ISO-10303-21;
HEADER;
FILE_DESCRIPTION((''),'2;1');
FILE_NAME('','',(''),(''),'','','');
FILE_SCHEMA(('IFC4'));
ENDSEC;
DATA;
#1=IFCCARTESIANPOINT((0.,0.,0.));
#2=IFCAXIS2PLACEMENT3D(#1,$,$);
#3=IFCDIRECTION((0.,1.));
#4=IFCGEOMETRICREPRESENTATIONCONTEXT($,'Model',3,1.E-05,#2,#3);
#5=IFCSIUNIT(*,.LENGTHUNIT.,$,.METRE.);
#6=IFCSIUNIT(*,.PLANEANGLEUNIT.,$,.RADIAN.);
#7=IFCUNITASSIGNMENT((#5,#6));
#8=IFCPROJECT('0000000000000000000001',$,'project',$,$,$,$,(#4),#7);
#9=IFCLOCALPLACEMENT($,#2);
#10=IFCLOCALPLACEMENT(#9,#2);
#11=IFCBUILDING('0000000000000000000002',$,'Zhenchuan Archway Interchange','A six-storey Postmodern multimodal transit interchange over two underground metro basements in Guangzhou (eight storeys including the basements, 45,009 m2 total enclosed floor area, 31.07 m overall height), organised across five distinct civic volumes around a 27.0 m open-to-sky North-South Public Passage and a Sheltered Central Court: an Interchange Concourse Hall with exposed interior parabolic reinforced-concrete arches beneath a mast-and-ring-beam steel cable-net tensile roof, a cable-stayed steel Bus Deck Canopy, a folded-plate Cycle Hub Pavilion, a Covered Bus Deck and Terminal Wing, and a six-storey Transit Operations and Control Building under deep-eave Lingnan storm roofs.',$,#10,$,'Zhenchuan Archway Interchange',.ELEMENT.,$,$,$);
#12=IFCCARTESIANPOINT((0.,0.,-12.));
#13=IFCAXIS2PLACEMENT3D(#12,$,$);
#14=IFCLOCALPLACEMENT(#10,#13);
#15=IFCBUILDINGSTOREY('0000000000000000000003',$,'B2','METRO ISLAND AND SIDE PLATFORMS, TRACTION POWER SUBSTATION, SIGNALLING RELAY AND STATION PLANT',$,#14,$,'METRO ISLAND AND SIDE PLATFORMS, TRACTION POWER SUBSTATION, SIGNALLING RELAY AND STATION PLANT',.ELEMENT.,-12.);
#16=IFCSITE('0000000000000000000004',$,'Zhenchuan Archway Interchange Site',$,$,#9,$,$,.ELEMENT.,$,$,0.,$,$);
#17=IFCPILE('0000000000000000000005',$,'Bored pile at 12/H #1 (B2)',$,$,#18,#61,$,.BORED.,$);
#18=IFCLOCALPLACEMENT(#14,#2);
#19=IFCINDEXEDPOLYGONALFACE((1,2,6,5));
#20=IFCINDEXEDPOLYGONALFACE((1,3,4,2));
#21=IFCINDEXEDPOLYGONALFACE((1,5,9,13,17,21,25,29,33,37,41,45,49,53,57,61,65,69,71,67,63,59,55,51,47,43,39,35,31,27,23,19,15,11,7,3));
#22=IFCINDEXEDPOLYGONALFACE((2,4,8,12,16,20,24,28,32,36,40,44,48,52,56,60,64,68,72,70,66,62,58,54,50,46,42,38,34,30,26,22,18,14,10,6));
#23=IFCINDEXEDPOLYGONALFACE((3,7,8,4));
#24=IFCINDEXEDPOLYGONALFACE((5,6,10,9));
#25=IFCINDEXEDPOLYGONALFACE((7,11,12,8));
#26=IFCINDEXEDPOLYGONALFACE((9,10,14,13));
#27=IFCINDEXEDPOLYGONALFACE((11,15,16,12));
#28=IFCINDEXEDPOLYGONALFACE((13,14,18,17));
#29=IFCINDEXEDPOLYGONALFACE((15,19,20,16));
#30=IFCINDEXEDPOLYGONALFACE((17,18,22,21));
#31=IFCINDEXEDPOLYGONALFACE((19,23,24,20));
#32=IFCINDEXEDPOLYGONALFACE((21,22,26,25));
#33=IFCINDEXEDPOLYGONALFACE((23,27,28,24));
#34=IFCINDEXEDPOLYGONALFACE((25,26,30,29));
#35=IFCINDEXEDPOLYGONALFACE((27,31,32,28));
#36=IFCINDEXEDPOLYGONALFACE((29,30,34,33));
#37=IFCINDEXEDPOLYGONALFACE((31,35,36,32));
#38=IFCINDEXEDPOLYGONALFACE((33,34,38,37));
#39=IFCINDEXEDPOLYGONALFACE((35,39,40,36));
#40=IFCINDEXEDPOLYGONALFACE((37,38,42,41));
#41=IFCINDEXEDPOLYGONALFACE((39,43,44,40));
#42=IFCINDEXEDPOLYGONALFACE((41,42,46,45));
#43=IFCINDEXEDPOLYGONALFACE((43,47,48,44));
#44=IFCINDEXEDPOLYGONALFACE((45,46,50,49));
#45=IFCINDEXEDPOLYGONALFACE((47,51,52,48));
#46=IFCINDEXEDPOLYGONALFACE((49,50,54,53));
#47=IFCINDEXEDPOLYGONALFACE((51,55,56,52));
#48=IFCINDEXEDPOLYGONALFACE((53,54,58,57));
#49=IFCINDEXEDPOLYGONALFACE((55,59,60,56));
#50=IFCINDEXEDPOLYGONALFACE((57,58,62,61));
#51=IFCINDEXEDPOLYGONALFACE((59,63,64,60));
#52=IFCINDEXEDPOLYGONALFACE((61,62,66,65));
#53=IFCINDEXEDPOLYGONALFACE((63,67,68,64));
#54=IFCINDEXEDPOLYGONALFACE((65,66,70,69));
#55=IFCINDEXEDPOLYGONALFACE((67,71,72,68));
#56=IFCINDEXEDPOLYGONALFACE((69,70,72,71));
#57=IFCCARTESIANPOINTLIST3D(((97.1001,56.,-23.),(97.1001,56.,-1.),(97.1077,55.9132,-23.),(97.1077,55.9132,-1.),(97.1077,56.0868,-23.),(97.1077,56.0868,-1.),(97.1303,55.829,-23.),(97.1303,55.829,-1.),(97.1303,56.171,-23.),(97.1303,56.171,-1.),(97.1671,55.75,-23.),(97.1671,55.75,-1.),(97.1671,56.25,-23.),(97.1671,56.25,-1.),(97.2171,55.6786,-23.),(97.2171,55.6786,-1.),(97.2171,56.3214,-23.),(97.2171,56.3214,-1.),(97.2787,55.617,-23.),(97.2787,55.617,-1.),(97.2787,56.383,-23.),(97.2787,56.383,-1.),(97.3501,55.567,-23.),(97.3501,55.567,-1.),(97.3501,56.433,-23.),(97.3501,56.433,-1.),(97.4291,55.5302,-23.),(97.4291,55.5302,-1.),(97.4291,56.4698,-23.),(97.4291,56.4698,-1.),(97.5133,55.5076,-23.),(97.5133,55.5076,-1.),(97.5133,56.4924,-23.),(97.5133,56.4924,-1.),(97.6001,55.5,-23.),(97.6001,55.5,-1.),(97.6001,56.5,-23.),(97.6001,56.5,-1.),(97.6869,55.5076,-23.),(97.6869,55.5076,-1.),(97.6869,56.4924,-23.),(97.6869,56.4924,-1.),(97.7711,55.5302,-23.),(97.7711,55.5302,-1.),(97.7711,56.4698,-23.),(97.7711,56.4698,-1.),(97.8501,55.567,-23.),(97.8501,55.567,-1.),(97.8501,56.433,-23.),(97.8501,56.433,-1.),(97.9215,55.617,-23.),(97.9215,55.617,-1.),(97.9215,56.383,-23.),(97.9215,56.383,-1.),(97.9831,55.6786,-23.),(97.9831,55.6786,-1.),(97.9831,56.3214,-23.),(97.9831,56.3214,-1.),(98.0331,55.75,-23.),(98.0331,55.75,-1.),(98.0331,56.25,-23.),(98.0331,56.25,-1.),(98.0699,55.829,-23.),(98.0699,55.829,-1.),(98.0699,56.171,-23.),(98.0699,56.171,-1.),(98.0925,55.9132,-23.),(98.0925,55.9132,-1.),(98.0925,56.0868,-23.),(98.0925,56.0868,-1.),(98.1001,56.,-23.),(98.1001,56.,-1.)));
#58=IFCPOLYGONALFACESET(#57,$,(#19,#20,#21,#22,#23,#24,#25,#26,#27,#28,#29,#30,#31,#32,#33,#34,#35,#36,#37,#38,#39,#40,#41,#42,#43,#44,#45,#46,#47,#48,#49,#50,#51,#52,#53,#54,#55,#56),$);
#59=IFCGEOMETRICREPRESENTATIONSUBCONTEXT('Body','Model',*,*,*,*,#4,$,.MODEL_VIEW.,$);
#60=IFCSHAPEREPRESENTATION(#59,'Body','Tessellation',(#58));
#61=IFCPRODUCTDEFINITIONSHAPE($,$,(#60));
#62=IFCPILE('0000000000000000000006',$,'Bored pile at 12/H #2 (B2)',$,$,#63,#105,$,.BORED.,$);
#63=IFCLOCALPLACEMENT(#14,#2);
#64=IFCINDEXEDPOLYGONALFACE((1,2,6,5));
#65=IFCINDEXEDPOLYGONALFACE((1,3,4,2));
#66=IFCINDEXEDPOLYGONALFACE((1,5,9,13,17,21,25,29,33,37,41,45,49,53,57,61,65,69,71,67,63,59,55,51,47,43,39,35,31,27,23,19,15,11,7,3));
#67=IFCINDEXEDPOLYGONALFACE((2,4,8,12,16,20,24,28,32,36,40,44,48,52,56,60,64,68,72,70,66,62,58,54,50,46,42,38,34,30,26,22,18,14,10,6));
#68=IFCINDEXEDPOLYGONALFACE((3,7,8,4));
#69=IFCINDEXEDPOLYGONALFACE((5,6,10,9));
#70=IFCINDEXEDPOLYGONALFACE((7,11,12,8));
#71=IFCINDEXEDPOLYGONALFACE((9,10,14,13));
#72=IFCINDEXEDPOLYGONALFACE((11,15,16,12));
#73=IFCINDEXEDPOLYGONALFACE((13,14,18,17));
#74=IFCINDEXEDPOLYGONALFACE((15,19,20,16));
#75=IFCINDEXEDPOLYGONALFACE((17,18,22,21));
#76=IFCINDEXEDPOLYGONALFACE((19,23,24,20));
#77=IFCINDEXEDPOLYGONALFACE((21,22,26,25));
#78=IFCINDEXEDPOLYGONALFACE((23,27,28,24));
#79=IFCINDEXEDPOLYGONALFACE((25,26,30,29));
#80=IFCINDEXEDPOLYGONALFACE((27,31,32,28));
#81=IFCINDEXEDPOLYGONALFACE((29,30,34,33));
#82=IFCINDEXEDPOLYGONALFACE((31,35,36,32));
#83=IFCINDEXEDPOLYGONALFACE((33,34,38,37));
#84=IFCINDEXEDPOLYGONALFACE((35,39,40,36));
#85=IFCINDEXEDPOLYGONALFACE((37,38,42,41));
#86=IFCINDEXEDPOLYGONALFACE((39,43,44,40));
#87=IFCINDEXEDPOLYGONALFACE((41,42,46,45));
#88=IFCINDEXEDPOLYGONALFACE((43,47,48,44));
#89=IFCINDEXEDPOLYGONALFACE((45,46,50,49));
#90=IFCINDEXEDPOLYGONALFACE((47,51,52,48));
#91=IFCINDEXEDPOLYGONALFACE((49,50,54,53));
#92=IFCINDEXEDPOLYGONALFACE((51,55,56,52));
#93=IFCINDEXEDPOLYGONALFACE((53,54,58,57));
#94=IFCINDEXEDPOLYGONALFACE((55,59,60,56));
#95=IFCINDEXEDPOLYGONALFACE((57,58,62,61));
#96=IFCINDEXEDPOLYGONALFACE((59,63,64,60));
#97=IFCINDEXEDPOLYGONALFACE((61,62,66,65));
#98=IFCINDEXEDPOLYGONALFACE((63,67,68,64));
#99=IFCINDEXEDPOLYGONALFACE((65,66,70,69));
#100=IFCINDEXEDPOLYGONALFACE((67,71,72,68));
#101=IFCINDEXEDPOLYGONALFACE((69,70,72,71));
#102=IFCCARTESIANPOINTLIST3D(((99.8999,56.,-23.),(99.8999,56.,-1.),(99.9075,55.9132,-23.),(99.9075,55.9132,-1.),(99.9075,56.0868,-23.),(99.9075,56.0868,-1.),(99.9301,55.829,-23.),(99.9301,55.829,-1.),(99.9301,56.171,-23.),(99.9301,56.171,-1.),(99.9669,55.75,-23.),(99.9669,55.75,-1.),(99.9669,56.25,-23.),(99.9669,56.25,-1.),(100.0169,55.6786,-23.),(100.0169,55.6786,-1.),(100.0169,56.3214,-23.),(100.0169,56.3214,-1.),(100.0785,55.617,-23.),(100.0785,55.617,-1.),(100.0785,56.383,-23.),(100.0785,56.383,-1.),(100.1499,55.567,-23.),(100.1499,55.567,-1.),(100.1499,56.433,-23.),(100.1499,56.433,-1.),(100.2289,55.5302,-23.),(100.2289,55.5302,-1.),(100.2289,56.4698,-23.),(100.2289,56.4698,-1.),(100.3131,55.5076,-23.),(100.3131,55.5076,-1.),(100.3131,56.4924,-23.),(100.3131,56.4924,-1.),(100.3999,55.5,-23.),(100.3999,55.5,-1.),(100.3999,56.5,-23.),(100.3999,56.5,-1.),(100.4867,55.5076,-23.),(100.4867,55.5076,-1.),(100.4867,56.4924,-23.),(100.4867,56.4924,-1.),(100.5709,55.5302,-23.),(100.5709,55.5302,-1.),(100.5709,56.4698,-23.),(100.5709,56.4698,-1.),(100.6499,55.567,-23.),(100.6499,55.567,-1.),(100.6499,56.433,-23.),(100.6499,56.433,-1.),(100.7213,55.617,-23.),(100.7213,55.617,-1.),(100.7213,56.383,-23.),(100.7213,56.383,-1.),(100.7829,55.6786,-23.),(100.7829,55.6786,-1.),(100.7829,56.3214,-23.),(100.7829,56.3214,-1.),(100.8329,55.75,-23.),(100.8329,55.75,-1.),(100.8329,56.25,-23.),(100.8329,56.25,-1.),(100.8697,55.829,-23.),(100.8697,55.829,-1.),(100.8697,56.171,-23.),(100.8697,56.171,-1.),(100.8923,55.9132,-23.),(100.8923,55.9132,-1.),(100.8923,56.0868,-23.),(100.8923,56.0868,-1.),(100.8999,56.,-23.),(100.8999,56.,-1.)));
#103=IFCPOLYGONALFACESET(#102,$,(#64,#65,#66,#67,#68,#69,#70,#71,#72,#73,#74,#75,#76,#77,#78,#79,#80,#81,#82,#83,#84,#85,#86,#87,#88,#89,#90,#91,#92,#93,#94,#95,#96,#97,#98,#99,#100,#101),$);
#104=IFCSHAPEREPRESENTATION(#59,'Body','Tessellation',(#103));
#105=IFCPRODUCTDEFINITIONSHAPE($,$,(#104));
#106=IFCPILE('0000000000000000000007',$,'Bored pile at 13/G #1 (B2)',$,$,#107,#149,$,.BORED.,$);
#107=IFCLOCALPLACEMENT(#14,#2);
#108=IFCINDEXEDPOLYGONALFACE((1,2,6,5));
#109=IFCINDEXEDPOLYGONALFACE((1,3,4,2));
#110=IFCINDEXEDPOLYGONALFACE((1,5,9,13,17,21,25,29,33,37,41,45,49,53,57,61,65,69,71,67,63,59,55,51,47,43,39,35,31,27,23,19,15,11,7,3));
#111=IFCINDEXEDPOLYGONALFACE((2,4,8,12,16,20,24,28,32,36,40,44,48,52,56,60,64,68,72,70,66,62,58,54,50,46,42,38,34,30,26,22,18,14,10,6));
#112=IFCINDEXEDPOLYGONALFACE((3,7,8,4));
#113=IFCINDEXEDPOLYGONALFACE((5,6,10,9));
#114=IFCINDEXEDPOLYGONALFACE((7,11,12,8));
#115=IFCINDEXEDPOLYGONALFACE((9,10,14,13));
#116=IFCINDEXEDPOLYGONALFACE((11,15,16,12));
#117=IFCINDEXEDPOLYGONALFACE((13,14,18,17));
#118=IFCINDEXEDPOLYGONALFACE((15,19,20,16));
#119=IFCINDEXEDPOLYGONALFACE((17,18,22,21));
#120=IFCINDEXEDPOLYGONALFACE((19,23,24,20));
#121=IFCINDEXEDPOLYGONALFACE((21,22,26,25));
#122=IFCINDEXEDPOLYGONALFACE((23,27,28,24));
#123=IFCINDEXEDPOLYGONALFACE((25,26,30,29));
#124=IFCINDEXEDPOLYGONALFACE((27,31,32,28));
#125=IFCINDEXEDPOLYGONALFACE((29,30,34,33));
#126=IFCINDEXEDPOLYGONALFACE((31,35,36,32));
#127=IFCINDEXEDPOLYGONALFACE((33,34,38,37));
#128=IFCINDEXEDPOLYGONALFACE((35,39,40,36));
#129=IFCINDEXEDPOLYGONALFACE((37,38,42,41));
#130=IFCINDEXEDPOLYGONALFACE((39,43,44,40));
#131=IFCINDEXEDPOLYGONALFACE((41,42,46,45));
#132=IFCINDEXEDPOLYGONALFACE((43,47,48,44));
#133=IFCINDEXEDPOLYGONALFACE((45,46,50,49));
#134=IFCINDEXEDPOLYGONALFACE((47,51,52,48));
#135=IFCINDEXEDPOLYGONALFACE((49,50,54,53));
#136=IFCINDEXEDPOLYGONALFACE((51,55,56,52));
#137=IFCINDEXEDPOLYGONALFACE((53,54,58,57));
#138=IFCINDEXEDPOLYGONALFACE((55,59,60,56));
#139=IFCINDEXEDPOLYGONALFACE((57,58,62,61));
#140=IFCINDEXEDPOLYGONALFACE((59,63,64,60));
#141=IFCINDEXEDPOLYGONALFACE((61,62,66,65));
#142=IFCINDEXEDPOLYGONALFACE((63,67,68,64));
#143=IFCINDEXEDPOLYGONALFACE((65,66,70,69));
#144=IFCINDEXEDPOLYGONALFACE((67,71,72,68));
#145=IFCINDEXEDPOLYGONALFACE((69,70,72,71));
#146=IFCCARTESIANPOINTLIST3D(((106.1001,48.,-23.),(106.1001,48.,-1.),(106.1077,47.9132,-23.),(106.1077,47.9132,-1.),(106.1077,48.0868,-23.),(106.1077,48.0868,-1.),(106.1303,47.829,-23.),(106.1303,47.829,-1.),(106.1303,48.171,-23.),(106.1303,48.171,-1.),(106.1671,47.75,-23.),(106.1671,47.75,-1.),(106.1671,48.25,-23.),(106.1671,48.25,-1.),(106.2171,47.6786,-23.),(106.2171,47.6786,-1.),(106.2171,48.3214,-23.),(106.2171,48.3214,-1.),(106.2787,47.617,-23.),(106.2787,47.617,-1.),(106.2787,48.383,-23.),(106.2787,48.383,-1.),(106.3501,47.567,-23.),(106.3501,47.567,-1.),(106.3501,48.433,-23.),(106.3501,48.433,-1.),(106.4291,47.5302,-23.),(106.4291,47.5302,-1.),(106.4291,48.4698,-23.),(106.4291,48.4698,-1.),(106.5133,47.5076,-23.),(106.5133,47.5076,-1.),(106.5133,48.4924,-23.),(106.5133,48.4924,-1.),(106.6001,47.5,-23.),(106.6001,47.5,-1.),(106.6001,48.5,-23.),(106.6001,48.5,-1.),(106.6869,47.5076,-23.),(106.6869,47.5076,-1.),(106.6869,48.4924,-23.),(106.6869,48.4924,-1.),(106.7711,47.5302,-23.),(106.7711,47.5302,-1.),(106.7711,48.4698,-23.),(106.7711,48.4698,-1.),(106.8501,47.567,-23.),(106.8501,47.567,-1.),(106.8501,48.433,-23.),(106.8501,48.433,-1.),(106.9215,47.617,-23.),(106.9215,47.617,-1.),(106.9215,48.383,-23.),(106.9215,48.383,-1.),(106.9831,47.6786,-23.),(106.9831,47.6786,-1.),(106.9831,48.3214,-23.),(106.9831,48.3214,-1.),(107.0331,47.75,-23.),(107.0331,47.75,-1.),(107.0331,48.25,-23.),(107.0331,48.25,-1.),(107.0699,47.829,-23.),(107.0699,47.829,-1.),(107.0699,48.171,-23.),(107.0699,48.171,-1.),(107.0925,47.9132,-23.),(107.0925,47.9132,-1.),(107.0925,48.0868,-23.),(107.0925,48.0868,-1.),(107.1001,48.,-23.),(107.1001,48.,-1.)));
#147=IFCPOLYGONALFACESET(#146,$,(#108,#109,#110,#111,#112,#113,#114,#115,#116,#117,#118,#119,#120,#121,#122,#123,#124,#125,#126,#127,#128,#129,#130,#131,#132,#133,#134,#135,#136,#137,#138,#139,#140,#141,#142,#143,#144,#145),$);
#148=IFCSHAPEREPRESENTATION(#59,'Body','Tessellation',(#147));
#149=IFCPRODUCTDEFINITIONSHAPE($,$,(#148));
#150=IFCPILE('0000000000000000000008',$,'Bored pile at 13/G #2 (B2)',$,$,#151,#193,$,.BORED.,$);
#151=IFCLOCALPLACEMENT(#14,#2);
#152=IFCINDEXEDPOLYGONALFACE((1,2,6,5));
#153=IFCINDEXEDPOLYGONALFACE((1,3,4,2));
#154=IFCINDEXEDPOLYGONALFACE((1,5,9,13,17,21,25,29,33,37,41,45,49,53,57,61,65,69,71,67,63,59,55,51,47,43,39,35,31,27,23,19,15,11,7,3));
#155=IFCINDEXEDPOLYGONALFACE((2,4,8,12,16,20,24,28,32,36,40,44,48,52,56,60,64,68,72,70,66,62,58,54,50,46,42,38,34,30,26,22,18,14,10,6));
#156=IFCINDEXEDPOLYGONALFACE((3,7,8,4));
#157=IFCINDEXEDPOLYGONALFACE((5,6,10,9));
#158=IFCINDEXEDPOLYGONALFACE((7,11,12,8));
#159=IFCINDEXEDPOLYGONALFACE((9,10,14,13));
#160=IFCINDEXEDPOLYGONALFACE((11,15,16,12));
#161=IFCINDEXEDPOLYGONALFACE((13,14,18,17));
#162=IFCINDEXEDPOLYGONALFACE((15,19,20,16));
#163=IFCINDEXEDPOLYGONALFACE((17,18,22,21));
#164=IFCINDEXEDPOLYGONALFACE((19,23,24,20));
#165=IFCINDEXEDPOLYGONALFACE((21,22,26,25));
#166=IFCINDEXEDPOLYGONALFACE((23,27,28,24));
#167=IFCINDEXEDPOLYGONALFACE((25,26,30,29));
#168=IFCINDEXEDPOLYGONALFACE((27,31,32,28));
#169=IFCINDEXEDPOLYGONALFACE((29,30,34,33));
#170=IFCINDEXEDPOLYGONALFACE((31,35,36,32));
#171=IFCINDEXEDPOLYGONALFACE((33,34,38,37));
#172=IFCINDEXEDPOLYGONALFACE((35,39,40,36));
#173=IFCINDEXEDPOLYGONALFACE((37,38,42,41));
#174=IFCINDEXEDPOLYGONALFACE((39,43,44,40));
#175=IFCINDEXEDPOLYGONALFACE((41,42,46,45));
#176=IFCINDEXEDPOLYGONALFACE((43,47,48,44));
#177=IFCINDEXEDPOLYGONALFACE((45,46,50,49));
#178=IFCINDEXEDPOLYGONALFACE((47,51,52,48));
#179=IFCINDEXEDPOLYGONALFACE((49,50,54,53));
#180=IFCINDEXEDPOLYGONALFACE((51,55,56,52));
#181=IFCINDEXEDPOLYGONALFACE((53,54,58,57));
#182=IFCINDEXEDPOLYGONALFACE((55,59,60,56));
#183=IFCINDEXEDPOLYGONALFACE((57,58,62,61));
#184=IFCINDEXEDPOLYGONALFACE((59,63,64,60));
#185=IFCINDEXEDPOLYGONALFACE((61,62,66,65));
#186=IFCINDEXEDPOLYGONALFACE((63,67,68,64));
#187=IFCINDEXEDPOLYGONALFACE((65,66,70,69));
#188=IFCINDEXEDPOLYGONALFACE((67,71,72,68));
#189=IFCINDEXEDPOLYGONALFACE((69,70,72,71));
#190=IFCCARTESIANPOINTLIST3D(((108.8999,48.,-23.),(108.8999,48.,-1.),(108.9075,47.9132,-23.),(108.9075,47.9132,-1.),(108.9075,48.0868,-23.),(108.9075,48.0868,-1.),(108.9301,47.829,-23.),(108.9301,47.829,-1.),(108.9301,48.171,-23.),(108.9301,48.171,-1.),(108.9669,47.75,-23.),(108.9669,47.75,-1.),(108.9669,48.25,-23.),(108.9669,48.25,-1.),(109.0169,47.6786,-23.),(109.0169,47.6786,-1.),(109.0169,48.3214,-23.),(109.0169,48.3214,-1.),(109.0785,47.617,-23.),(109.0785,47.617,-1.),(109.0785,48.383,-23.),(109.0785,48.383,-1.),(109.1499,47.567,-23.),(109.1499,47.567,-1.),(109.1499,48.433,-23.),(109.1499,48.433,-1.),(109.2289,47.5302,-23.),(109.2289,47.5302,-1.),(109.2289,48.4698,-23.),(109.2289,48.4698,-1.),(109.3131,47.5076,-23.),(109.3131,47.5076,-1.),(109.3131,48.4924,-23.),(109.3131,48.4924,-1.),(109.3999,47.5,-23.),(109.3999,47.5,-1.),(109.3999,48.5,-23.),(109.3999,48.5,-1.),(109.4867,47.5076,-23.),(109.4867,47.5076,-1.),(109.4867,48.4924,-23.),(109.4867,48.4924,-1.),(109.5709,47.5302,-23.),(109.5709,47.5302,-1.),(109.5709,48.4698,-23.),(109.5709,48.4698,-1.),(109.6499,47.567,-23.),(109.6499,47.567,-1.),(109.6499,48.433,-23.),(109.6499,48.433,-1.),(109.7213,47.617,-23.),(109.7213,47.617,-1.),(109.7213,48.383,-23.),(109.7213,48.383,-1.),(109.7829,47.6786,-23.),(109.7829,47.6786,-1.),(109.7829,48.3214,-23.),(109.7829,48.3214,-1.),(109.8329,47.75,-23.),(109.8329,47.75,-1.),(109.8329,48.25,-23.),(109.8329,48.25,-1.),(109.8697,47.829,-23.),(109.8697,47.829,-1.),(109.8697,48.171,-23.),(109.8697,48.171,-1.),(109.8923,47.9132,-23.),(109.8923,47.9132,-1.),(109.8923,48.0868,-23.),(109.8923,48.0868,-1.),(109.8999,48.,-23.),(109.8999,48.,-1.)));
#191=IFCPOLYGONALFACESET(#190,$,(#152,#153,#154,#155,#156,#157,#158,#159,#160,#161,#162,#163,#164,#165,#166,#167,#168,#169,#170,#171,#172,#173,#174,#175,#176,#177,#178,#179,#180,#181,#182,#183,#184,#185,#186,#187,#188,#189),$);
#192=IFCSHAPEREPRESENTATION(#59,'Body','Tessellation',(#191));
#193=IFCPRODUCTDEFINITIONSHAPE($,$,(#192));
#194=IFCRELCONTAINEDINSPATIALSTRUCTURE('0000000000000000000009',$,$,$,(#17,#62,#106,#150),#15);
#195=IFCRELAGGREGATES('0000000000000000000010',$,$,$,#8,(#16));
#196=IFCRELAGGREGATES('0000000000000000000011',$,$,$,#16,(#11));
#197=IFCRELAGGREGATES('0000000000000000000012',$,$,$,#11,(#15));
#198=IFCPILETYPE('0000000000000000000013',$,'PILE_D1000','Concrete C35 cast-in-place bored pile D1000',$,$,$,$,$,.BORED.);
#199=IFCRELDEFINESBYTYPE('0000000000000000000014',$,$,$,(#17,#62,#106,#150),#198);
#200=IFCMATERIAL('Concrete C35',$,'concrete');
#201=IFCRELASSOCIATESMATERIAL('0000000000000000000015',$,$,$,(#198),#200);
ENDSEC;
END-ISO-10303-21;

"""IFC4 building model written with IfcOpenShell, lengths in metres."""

from ifc_helpers import new_model, si_unit, direction, frame, origin, origin_2d, place, context, subcontext, project, spatial, circle, extrude, material, material_profile, profile_set, type_object, element, save


model = new_model("IFC4")

# Units and contexts
model_context = context("Model", 3, precision=1e-05, world=origin(), true_north=direction((0.0, 1.0)))
body_context = subcontext(model_context, "Body", "Model", "MODEL_VIEW")
ifc_project = project(units=[si_unit("LENGTHUNIT", "METRE"), si_unit("PLANEANGLEUNIT", "RADIAN")], contexts=[model_context])

# Site, building, storey
site_placement = place(None, origin())
site = spatial("IfcSite", under=ifc_project, at=site_placement, Name="Zhenchuan Archway Interchange Site", CompositionType="ELEMENT", RefElevation=0.0)
building_placement = place(site_placement, origin())
building = spatial("IfcBuilding", under=site, at=building_placement, Name="Zhenchuan Archway Interchange", Description="A six-storey Postmodern multimodal transit interchange over two underground metro basements in Guangzhou (eight storeys including the basements, 45,009 m2 total enclosed floor area, 31.07 m overall height), organised across five distinct civic volumes around a 27.0 m open-to-sky North-South Public Passage and a Sheltered Central Court: an Interchange Concourse Hall with exposed interior parabolic reinforced-concrete arches beneath a mast-and-ring-beam steel cable-net tensile roof, a cable-stayed steel Bus Deck Canopy, a folded-plate Cycle Hub Pavilion, a Covered Bus Deck and Terminal Wing, and a six-storey Transit Operations and Control Building under deep-eave Lingnan storm roofs.", LongName="Zhenchuan Archway Interchange", CompositionType="ELEMENT")
storey_placement = place(building_placement, frame((0.0, 0.0, -12.0)))
storey = spatial("IfcBuildingStorey", under=building, at=storey_placement, Name="B2", Description="METRO ISLAND AND SIDE PLATFORMS, TRACTION POWER SUBSTATION, SIGNALLING RELAY AND STATION PLANT", LongName="METRO ISLAND AND SIDE PLATFORMS, TRACTION POWER SUBSTATION, SIGNALLING RELAY AND STATION PLANT", CompositionType="ELEMENT", Elevation=-12.0)

# Piles
ifc_material_1 = material(Name="Concrete C35", Category="concrete")
ifc_material_profile_1 = material_profile(ifc_material_1, circle(Radius=0.5, at=origin_2d()), Name="BORED PILE 1000")
ifc_profile_set_1 = profile_set([ifc_material_profile_1], Name="Concrete C35")
pile_type_1 = type_object("IfcPileType", Name="PILE_D1000", Description="Concrete C35 cast-in-place bored pile D1000", PredefinedType="BORED", material=ifc_profile_set_1)
for number, where, z_axis, x_axis, name in (
    (1, (97.6001, 56.0, -1.0), (0.0, 0.0, -1.0), (1.0, 0.0, 0.0), "Bored pile at 12/H #1 (B2)"),
    (2, (100.3999, 56.0, -1.0), (0.0, 0.0, -1.0), (1.0, 0.0, 0.0), "Bored pile at 12/H #2 (B2)"),
    (3, (106.6001, 48.0, -1.0), (0.0, 0.0, -1.0), (1.0, 0.0, 0.0), "Bored pile at 13/G #1 (B2)"),
    (4, (109.3999, 48.0, -1.0), (0.0, 0.0, -1.0), (1.0, 0.0, 0.0), "Bored pile at 13/G #2 (B2)"),
):
    element("IfcPile", number, at=place(storey_placement, frame(where, z_axis=z_axis, x_axis=x_axis)), inside=storey, type_object=pile_type_1, Name=name, PredefinedType="BORED", context=body_context, shape_type="SweptSolid", body=[
        extrude(circle(Radius=0.5, at=origin_2d()), origin(), (0.0, 0.0, 1.0), 22.0),
    ])

save(model, "model.ifc")
